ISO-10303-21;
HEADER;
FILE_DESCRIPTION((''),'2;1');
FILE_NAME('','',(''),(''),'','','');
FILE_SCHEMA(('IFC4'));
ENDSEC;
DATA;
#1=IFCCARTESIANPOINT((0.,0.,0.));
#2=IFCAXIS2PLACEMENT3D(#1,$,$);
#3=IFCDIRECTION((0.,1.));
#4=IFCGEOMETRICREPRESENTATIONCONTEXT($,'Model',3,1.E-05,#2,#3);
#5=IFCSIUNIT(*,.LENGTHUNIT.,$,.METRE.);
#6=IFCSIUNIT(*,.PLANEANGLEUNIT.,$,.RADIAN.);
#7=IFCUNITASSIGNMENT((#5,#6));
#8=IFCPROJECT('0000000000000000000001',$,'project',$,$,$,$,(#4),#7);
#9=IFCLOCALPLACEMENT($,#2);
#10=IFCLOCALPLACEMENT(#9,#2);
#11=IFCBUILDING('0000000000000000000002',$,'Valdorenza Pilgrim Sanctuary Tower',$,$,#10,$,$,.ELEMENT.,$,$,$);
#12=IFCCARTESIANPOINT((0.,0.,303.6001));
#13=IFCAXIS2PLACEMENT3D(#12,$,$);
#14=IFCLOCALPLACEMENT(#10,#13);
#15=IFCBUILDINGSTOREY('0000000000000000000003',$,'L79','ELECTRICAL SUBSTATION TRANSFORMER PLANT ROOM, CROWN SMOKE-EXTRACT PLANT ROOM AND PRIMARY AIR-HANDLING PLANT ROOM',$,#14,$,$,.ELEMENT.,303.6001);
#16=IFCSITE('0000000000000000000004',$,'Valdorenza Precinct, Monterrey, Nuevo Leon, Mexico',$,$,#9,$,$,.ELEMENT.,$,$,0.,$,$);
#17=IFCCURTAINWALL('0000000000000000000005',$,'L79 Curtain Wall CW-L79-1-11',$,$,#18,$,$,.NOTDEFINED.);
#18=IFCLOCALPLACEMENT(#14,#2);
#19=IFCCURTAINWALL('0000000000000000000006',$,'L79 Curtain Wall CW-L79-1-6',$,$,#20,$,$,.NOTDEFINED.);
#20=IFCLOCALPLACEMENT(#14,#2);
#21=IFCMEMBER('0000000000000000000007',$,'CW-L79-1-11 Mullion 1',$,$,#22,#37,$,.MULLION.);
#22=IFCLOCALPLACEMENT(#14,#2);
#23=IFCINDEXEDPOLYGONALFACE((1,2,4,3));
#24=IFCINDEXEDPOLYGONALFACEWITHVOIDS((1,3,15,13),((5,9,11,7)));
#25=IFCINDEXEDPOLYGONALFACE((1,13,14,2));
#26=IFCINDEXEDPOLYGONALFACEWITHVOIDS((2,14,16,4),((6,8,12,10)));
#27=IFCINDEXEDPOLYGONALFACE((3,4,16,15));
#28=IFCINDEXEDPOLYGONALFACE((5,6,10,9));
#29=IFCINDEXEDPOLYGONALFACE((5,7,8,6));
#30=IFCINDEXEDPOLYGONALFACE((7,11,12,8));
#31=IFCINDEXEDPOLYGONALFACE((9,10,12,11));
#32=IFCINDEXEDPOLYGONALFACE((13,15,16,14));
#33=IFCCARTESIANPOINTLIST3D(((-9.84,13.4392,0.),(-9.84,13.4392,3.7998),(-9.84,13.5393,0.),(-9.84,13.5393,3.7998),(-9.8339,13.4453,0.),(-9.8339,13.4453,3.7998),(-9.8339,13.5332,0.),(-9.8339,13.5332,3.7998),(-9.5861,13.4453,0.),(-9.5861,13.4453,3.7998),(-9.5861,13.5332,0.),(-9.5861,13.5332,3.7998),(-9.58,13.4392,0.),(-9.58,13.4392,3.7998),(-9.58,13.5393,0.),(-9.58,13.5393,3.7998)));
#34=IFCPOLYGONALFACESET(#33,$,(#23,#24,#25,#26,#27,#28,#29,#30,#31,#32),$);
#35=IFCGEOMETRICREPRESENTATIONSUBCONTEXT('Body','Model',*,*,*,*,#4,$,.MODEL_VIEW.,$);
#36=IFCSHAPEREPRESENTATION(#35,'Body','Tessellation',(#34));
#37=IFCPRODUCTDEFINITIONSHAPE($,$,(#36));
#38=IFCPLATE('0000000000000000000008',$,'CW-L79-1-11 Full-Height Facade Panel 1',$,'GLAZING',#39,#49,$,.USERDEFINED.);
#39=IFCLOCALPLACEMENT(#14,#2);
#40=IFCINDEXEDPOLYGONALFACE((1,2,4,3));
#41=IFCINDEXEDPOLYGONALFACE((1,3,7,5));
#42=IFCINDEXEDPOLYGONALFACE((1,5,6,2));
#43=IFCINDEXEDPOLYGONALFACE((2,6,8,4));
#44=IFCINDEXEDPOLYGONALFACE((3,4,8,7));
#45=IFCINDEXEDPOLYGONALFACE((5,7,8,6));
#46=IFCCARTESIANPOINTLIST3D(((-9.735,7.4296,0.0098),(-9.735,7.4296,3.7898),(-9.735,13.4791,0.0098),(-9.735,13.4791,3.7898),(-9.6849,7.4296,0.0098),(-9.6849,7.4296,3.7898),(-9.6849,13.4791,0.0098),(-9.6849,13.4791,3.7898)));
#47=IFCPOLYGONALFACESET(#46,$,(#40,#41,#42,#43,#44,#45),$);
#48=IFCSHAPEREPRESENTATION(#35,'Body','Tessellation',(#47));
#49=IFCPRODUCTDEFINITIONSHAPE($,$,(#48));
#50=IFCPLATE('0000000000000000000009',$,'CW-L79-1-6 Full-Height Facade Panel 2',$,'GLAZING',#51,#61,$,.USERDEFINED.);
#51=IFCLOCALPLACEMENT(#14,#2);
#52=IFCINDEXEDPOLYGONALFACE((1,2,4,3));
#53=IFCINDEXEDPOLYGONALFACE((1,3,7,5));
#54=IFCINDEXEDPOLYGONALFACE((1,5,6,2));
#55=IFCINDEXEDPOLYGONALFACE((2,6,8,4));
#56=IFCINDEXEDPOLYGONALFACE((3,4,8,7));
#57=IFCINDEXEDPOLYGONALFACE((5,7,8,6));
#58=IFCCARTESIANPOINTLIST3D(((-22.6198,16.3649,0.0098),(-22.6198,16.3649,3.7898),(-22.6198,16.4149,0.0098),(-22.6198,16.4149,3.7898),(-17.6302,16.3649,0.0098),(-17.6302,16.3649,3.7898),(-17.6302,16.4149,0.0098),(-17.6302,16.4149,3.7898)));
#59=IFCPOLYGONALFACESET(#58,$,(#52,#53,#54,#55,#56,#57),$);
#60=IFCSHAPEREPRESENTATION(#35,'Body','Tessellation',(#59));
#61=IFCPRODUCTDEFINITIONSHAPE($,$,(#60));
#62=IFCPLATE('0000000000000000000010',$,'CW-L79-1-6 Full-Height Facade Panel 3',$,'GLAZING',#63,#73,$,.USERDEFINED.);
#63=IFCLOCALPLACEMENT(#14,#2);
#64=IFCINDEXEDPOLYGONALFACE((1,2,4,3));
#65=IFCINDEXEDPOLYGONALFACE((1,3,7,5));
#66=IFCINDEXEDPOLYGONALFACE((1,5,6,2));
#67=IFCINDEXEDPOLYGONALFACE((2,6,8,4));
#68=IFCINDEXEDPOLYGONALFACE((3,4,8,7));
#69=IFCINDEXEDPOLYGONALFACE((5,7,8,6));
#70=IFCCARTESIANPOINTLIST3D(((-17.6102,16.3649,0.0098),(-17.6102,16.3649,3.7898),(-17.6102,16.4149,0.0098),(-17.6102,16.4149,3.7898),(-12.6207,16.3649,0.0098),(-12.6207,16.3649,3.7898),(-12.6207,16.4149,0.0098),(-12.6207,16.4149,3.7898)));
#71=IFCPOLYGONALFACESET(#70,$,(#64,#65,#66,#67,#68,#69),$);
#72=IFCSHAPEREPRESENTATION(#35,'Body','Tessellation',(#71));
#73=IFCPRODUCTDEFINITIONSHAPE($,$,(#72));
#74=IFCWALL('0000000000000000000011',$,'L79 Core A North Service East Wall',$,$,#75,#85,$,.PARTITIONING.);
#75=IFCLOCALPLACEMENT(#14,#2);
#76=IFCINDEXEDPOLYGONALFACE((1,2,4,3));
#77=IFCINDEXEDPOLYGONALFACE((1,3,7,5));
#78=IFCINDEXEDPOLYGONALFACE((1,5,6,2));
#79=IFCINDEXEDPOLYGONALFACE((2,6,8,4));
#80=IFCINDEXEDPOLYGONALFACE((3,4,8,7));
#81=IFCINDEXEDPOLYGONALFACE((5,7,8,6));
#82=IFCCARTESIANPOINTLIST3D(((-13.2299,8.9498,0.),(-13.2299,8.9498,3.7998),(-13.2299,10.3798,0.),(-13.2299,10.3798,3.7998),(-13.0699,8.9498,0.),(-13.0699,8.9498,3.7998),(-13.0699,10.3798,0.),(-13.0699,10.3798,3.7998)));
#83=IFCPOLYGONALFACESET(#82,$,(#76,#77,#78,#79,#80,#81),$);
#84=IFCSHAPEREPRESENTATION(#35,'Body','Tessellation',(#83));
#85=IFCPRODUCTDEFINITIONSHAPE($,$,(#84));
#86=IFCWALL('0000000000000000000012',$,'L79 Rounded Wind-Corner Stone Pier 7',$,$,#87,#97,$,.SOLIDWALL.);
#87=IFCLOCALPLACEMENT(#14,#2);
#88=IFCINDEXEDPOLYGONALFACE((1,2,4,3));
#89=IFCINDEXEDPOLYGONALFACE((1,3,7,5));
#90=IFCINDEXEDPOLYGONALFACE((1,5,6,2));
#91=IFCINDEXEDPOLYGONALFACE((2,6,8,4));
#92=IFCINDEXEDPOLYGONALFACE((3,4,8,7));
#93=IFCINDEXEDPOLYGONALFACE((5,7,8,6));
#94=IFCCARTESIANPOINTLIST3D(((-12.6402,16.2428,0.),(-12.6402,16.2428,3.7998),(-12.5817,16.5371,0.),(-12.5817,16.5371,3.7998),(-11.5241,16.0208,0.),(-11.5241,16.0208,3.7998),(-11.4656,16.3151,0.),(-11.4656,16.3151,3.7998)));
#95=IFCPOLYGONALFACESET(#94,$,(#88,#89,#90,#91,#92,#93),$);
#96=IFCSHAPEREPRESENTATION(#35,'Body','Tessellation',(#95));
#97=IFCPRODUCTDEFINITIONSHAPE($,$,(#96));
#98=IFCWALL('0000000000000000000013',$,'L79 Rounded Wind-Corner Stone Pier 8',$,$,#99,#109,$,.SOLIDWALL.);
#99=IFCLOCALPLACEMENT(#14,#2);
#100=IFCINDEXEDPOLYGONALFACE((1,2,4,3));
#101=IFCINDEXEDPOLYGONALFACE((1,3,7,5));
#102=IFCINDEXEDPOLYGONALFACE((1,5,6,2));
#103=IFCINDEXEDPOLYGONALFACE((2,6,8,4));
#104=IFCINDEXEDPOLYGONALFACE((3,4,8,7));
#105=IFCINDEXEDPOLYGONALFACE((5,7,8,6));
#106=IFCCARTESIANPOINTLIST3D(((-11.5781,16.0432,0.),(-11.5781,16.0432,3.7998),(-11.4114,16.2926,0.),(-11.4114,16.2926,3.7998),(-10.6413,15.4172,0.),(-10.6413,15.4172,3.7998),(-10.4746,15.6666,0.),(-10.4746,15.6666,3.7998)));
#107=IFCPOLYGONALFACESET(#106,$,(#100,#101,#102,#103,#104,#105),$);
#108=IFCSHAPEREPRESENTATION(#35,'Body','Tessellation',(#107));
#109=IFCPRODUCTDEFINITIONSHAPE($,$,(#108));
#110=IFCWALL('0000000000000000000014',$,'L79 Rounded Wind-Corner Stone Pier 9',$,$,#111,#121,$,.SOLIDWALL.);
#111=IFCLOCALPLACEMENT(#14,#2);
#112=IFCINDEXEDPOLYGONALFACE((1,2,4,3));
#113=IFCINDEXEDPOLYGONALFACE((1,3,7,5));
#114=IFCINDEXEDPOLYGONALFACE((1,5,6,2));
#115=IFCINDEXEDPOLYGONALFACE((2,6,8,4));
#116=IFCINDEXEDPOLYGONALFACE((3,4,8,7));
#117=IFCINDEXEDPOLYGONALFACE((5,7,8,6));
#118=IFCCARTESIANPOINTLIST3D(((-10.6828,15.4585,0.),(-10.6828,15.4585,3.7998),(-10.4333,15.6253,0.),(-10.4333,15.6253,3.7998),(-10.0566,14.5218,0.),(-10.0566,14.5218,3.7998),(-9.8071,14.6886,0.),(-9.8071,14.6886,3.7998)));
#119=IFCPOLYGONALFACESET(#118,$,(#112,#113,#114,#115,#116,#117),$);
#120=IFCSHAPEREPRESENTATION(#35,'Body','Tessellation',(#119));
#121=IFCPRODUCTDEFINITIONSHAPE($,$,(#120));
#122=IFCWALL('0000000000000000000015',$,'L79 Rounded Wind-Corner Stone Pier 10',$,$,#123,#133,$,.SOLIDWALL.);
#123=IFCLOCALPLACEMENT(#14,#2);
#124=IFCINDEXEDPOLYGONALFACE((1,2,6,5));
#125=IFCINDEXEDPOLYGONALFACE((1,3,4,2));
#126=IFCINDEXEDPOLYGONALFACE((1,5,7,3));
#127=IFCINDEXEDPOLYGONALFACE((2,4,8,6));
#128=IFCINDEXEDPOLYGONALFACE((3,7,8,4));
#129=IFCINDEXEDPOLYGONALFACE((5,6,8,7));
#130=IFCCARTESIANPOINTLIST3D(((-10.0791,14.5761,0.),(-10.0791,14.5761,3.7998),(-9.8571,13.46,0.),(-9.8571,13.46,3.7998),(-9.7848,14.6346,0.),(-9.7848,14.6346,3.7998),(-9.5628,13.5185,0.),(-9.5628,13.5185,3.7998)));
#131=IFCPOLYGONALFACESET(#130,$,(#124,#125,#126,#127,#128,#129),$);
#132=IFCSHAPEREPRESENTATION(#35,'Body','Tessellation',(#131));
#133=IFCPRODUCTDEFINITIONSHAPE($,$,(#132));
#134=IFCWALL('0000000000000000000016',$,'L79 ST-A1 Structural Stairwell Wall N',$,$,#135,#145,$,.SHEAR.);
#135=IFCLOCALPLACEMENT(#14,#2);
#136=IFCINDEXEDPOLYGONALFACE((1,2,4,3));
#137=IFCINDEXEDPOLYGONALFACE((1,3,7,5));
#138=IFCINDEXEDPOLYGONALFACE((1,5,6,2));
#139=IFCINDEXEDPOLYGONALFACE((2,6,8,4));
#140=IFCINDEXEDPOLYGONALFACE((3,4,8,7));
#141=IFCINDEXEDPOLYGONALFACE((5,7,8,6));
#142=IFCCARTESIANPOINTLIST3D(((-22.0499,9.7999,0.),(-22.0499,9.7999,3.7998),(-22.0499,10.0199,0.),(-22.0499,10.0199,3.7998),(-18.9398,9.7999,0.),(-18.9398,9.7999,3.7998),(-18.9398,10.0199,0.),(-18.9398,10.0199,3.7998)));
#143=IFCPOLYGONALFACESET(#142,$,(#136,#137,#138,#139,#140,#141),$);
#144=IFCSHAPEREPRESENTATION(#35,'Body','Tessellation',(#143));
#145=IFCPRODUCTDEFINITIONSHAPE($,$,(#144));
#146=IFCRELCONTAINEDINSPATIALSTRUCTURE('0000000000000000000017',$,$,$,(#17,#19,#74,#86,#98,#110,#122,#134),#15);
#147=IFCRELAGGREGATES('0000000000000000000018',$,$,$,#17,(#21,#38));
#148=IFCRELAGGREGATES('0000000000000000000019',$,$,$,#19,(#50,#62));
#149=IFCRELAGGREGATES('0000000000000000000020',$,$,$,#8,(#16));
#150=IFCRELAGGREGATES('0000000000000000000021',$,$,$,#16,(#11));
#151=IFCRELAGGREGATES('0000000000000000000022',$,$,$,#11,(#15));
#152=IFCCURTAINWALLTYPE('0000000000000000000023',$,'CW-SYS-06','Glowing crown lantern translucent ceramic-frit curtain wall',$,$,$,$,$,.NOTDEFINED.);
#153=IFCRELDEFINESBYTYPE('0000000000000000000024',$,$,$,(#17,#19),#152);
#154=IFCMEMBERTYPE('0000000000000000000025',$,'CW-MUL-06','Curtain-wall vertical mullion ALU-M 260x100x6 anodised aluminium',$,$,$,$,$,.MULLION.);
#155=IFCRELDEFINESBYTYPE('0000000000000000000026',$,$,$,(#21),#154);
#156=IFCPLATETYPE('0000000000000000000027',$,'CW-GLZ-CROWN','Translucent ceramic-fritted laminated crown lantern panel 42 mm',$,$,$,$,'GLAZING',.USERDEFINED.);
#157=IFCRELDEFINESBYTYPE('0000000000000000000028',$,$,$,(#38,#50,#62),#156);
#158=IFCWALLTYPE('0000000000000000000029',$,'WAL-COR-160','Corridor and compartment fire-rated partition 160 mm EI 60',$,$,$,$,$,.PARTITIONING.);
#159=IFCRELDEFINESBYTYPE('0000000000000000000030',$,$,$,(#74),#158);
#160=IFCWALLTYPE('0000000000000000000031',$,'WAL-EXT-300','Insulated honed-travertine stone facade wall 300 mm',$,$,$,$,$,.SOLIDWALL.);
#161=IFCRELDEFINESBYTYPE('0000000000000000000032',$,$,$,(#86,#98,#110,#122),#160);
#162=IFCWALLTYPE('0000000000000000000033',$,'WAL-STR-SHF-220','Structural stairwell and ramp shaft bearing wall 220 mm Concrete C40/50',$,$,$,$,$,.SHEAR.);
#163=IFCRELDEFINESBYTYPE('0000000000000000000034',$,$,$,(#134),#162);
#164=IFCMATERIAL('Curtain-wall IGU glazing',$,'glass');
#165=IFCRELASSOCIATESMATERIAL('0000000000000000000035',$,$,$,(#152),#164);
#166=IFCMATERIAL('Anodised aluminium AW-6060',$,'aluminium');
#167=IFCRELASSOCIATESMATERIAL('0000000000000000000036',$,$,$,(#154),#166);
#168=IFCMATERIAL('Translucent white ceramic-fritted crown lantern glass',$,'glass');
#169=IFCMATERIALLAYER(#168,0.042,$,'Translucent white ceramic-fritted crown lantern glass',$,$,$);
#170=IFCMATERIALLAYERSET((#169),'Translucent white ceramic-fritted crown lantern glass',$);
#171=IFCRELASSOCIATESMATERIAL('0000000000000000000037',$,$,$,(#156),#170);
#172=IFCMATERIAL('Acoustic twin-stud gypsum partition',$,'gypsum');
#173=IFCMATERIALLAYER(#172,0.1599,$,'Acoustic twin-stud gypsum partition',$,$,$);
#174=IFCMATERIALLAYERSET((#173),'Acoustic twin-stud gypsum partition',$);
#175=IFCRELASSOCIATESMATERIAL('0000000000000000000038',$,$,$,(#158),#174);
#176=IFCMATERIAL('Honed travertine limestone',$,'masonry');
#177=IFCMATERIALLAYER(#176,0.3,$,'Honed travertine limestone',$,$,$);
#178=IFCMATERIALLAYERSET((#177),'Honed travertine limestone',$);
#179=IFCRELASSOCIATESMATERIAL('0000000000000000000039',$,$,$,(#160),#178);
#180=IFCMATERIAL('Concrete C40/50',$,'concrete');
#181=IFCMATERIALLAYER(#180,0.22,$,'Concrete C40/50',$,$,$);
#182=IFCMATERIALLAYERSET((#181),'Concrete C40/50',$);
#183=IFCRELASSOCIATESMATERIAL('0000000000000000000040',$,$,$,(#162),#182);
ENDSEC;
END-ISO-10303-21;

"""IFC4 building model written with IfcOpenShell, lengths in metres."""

from ifc_helpers import new_model, si_unit, direction, frame, frame_2d, origin, origin_2d, place, context, subcontext, project, spatial, rectangle, hollow_rectangle, extrude, source, transform, mapped, material, layer, layer_set, material_profile, profile_set, type_object, element, aggregate, save


model = new_model("IFC4")

# Units and contexts
model_context = context("Model", 3, precision=1e-05, world=origin(), true_north=direction((0.0, 1.0)))
body_context = subcontext(model_context, "Body", "Model", "MODEL_VIEW")
ifc_project = project(units=[si_unit("LENGTHUNIT", "METRE"), si_unit("PLANEANGLEUNIT", "RADIAN")], contexts=[model_context])

# Site, building, storey
site_placement = place(None, origin())
site = spatial("IfcSite", under=ifc_project, at=site_placement, Name="Valdorenza Precinct, Monterrey, Nuevo Leon, Mexico", CompositionType="ELEMENT", RefElevation=0.0)
building_placement = place(site_placement, origin())
building = spatial("IfcBuilding", under=site, at=building_placement, Name="Valdorenza Pilgrim Sanctuary Tower", CompositionType="ELEMENT")
storey_placement = place(building_placement, frame((0.0, 0.0, 303.6001)))
storey = spatial("IfcBuildingStorey", under=building, at=storey_placement, Name="L79", Description="ELECTRICAL SUBSTATION TRANSFORMER PLANT ROOM, CROWN SMOKE-EXTRACT PLANT ROOM AND PRIMARY AIR-HANDLING PLANT ROOM", CompositionType="ELEMENT", Elevation=303.6001)

# Curtain wall
ifc_material_1 = material(Name="Curtain-wall IGU glazing", Category="glass")
curtain_wall_type = type_object("IfcCurtainWallType", Name="CW-SYS-06", Description="Glowing crown lantern translucent ceramic-frit curtain wall", PredefinedType="NOTDEFINED", material=ifc_material_1)
curtain_wall_1_placement = place(storey_placement, origin())
curtain_wall_1 = element("IfcCurtainWall", 1, at=curtain_wall_1_placement, inside=storey, type_object=curtain_wall_type, Name="L79 Curtain Wall CW-L79-1-11", PredefinedType="NOTDEFINED")
ifc_material_2 = material(Name="Anodised aluminium AW-6060", Category="aluminium")

# Curtain wall
curtain_wall_2_placement = place(storey_placement, origin())
curtain_wall_2 = element("IfcCurtainWall", 2, at=curtain_wall_2_placement, inside=storey, type_object=curtain_wall_type, Name="L79 Curtain Wall CW-L79-1-6", PredefinedType="NOTDEFINED")
ifc_material_profile_1 = material_profile(ifc_material_2, hollow_rectangle(XDim=0.1001, YDim=0.26, WallThickness=0.0061, at=origin_2d()), Name="ALU-M 260x100x6")
ifc_profile_set_1 = profile_set([ifc_material_profile_1], Name="Anodised aluminium AW-6060")
member_type_1 = type_object("IfcMemberType", Name="CW-MUL-06", Description="Curtain-wall vertical mullion ALU-M 260x100x6 anodised aluminium", PredefinedType="MULLION", material=ifc_profile_set_1)
shared_shape_1 = source(origin(), body_context, "Body", "SweptSolid", [
    extrude(hollow_rectangle(XDim=0.1001, YDim=0.26, WallThickness=0.0061, at=origin_2d()), origin(), (0.0, 0.0, 1.0), 3.7998),
])

# Member
member_1_placement = place(storey_placement, frame((-9.71, 13.4893, 0.0), z_axis=(0.0, 0.0, 1.0), x_axis=(0.0, -1.0, 0.0)))
member_1 = element("IfcMember", 3, at=member_1_placement, type_object=member_type_1, Name="CW-L79-1-11 Mullion 1", PredefinedType="MULLION", context=body_context, shape_type="MappedRepresentation", body=[
    mapped(shared_shape_1, transform((0.0, 0.0, 0.0), x_axis=(1.0, 0.0, 0.0), y_axis=(0.0, 1.0, 0.0), z_axis=(0.0, 0.0, 1.0), scale=1.0)),
])

# Plates
ifc_material_3 = material(Name="Translucent white ceramic-fritted crown lantern glass", Category="glass")
ifc_layer_1 = layer(ifc_material_3, 0.042, Name="Translucent white ceramic-fritted crown lantern glass")
ifc_layer_set_1 = layer_set([ifc_layer_1], Name="Translucent white ceramic-fritted crown lantern glass")
plate_type = type_object("IfcPlateType", Name="CW-GLZ-CROWN", Description="Translucent ceramic-fritted laminated crown lantern panel 42 mm", ElementType="GLAZING", PredefinedType="USERDEFINED", material=ifc_layer_set_1)
shared_shape_2 = source(origin(), body_context, "Body", "SweptSolid", [
    extrude(rectangle(XDim=6.0496, YDim=0.05, at=origin_2d()), origin(), (0.0, 0.0, 1.0), 3.78),
])
plate_1_placement = place(storey_placement, frame((-9.71, 10.4543, 0.0098), z_axis=(0.0, 0.0, 1.0), x_axis=(0.0, -1.0, 0.0)))
plate_1 = element("IfcPlate", 4, at=plate_1_placement, type_object=plate_type, Name="CW-L79-1-11 Full-Height Facade Panel 1", ObjectType="GLAZING", PredefinedType="USERDEFINED", context=body_context, shape_type="MappedRepresentation", body=[
    mapped(shared_shape_2, transform((0.0, 0.0, 0.0), x_axis=(1.0, 0.0, 0.0), y_axis=(0.0, 1.0, 0.0), z_axis=(0.0, 0.0, 1.0), scale=1.0)),
])
aggregate(curtain_wall_1, [member_1, plate_1])
shared_shape_3 = source(origin(), body_context, "Body", "SweptSolid", [
    extrude(rectangle(XDim=4.9895, YDim=0.05, at=origin_2d()), origin(), (0.0, 0.0, 1.0), 3.78),
])
plate_2_placement = place(storey_placement, frame((-20.125, 16.3899, 0.0098), z_axis=(0.0, 0.0, 1.0), x_axis=(1.0, 0.0, 0.0)))
plate_2 = element("IfcPlate", 5, at=plate_2_placement, type_object=plate_type, Name="CW-L79-1-6 Full-Height Facade Panel 2", ObjectType="GLAZING", PredefinedType="USERDEFINED", context=body_context, shape_type="MappedRepresentation", body=[
    mapped(shared_shape_3, transform((0.0, 0.0, 0.0), x_axis=(1.0, 0.0, 0.0), y_axis=(0.0, 1.0, 0.0), z_axis=(0.0, 0.0, 1.0), scale=1.0)),
])
plate_3_placement = place(storey_placement, frame((-15.1155, 16.3899, 0.0098), z_axis=(0.0, 0.0, 1.0), x_axis=(1.0, 0.0, 0.0)))
plate_3 = element("IfcPlate", 6, at=plate_3_placement, type_object=plate_type, Name="CW-L79-1-6 Full-Height Facade Panel 3", ObjectType="GLAZING", PredefinedType="USERDEFINED", context=body_context, shape_type="MappedRepresentation", body=[
    mapped(shared_shape_3, transform((0.0, 0.0, 0.0), x_axis=(1.0, 0.0, 0.0), y_axis=(0.0, 1.0, 0.0), z_axis=(0.0, 0.0, 1.0), scale=1.0)),
])
aggregate(curtain_wall_2, [plate_2, plate_3])

# Walls
ifc_material_4 = material(Name="Acoustic twin-stud gypsum partition", Category="gypsum")
ifc_layer_2 = layer(ifc_material_4, 0.1599, Name="Acoustic twin-stud gypsum partition")
ifc_layer_set_2 = layer_set([ifc_layer_2], Name="Acoustic twin-stud gypsum partition")
wall_type_1 = type_object("IfcWallType", Name="WAL-COR-160", Description="Corridor and compartment fire-rated partition 160 mm EI 60", PredefinedType="PARTITIONING", material=ifc_layer_set_2)
wall_1_placement = place(storey_placement, frame((-13.1499, 8.95, 0.0), z_axis=(0.0, 0.0, 1.0), x_axis=(0.0, 1.0, 0.0)))
element("IfcWall", 7, at=wall_1_placement, inside=storey, type_object=wall_type_1, Name="L79 Core A North Service East Wall", PredefinedType="PARTITIONING", context=body_context, shape_type="SweptSolid", body=[
    extrude(rectangle(XDim=1.4299, YDim=0.1599, at=frame_2d((0.7148, 0.0))), origin(), (0.0, 0.0, 1.0), 3.7998),
])
ifc_material_5 = material(Name="Honed travertine limestone", Category="masonry")
ifc_layer_3 = layer(ifc_material_5, 0.3, Name="Honed travertine limestone")
ifc_layer_set_3 = layer_set([ifc_layer_3], Name="Honed travertine limestone")
wall_type_2 = type_object("IfcWallType", Name="WAL-EXT-300", Description="Insulated honed-travertine stone facade wall 300 mm", PredefinedType="SOLIDWALL", material=ifc_layer_set_3)
wall_2_placement = place(storey_placement, frame((-12.6108, 16.3899, 0.0), z_axis=(0.0, 0.0, 1.0), x_axis=(0.980795, -0.195043, 0.0)))
element("IfcWall", 8, at=wall_2_placement, inside=storey, type_object=wall_type_2, Name="L79 Rounded Wind-Corner Stone Pier 7", PredefinedType="SOLIDWALL", context=body_context, shape_type="SweptSolid", body=[
    extrude(rectangle(XDim=1.1379, YDim=0.3, at=frame_2d((0.5688, 0.0))), origin(), (0.0, 0.0, 1.0), 3.7998),
])
for number, where, z_axis, x_axis, name in (
    (9, (-11.4949, 16.168, 0.0), (0.0, 0.0, 1.0), (0.83145, -0.5556, 0.0), "L79 Rounded Wind-Corner Stone Pier 8"),
    (10, (-10.5581, 15.542, 0.0), (0.0, 0.0, 1.0), (0.55575, -0.83135, 0.0), "L79 Rounded Wind-Corner Stone Pier 9"),
):
    element("IfcWall", number, at=place(storey_placement, frame(where, z_axis=z_axis, x_axis=x_axis)), inside=storey, type_object=wall_type_2, Name=name, PredefinedType="SOLIDWALL", context=body_context, shape_type="SweptSolid", body=[
        extrude(rectangle(XDim=1.1267, YDim=0.3, at=frame_2d((0.5635, 0.0))), origin(), (0.0, 0.0, 1.0), 3.7998),
    ])
wall_3_placement = place(storey_placement, frame((-9.9319, 14.6052, 0.0), z_axis=(0.0, 0.0, 1.0), x_axis=(0.195043, -0.980795, 0.0)))
element("IfcWall", 11, at=wall_3_placement, inside=storey, type_object=wall_type_2, Name="L79 Rounded Wind-Corner Stone Pier 10", PredefinedType="SOLIDWALL", context=body_context, shape_type="SweptSolid", body=[
    extrude(rectangle(XDim=1.1379, YDim=0.3, at=frame_2d((0.5688, 0.0))), origin(), (0.0, 0.0, 1.0), 3.7998),
])
ifc_material_6 = material(Name="Concrete C40/50", Category="concrete")
ifc_layer_4 = layer(ifc_material_6, 0.22, Name="Concrete C40/50")
ifc_layer_set_4 = layer_set([ifc_layer_4], Name="Concrete C40/50")
wall_type_3 = type_object("IfcWallType", Name="WAL-STR-SHF-220", Description="Structural stairwell and ramp shaft bearing wall 220 mm Concrete C40/50", PredefinedType="SHEAR", material=ifc_layer_set_4)
wall_4_placement = place(storey_placement, frame((-22.05, 9.9099, 0.0), z_axis=(0.0, 0.0, 1.0), x_axis=(1.0, 0.0, 0.0)))
element("IfcWall", 12, at=wall_4_placement, inside=storey, type_object=wall_type_3, Name="L79 ST-A1 Structural Stairwell Wall N", PredefinedType="SHEAR", context=body_context, shape_type="SweptSolid", body=[
    extrude(rectangle(XDim=3.1101, YDim=0.22, at=frame_2d((1.5552, 0.0))), origin(), (0.0, 0.0, 1.0), 3.7998),
])

save(model, "model.ifc")
